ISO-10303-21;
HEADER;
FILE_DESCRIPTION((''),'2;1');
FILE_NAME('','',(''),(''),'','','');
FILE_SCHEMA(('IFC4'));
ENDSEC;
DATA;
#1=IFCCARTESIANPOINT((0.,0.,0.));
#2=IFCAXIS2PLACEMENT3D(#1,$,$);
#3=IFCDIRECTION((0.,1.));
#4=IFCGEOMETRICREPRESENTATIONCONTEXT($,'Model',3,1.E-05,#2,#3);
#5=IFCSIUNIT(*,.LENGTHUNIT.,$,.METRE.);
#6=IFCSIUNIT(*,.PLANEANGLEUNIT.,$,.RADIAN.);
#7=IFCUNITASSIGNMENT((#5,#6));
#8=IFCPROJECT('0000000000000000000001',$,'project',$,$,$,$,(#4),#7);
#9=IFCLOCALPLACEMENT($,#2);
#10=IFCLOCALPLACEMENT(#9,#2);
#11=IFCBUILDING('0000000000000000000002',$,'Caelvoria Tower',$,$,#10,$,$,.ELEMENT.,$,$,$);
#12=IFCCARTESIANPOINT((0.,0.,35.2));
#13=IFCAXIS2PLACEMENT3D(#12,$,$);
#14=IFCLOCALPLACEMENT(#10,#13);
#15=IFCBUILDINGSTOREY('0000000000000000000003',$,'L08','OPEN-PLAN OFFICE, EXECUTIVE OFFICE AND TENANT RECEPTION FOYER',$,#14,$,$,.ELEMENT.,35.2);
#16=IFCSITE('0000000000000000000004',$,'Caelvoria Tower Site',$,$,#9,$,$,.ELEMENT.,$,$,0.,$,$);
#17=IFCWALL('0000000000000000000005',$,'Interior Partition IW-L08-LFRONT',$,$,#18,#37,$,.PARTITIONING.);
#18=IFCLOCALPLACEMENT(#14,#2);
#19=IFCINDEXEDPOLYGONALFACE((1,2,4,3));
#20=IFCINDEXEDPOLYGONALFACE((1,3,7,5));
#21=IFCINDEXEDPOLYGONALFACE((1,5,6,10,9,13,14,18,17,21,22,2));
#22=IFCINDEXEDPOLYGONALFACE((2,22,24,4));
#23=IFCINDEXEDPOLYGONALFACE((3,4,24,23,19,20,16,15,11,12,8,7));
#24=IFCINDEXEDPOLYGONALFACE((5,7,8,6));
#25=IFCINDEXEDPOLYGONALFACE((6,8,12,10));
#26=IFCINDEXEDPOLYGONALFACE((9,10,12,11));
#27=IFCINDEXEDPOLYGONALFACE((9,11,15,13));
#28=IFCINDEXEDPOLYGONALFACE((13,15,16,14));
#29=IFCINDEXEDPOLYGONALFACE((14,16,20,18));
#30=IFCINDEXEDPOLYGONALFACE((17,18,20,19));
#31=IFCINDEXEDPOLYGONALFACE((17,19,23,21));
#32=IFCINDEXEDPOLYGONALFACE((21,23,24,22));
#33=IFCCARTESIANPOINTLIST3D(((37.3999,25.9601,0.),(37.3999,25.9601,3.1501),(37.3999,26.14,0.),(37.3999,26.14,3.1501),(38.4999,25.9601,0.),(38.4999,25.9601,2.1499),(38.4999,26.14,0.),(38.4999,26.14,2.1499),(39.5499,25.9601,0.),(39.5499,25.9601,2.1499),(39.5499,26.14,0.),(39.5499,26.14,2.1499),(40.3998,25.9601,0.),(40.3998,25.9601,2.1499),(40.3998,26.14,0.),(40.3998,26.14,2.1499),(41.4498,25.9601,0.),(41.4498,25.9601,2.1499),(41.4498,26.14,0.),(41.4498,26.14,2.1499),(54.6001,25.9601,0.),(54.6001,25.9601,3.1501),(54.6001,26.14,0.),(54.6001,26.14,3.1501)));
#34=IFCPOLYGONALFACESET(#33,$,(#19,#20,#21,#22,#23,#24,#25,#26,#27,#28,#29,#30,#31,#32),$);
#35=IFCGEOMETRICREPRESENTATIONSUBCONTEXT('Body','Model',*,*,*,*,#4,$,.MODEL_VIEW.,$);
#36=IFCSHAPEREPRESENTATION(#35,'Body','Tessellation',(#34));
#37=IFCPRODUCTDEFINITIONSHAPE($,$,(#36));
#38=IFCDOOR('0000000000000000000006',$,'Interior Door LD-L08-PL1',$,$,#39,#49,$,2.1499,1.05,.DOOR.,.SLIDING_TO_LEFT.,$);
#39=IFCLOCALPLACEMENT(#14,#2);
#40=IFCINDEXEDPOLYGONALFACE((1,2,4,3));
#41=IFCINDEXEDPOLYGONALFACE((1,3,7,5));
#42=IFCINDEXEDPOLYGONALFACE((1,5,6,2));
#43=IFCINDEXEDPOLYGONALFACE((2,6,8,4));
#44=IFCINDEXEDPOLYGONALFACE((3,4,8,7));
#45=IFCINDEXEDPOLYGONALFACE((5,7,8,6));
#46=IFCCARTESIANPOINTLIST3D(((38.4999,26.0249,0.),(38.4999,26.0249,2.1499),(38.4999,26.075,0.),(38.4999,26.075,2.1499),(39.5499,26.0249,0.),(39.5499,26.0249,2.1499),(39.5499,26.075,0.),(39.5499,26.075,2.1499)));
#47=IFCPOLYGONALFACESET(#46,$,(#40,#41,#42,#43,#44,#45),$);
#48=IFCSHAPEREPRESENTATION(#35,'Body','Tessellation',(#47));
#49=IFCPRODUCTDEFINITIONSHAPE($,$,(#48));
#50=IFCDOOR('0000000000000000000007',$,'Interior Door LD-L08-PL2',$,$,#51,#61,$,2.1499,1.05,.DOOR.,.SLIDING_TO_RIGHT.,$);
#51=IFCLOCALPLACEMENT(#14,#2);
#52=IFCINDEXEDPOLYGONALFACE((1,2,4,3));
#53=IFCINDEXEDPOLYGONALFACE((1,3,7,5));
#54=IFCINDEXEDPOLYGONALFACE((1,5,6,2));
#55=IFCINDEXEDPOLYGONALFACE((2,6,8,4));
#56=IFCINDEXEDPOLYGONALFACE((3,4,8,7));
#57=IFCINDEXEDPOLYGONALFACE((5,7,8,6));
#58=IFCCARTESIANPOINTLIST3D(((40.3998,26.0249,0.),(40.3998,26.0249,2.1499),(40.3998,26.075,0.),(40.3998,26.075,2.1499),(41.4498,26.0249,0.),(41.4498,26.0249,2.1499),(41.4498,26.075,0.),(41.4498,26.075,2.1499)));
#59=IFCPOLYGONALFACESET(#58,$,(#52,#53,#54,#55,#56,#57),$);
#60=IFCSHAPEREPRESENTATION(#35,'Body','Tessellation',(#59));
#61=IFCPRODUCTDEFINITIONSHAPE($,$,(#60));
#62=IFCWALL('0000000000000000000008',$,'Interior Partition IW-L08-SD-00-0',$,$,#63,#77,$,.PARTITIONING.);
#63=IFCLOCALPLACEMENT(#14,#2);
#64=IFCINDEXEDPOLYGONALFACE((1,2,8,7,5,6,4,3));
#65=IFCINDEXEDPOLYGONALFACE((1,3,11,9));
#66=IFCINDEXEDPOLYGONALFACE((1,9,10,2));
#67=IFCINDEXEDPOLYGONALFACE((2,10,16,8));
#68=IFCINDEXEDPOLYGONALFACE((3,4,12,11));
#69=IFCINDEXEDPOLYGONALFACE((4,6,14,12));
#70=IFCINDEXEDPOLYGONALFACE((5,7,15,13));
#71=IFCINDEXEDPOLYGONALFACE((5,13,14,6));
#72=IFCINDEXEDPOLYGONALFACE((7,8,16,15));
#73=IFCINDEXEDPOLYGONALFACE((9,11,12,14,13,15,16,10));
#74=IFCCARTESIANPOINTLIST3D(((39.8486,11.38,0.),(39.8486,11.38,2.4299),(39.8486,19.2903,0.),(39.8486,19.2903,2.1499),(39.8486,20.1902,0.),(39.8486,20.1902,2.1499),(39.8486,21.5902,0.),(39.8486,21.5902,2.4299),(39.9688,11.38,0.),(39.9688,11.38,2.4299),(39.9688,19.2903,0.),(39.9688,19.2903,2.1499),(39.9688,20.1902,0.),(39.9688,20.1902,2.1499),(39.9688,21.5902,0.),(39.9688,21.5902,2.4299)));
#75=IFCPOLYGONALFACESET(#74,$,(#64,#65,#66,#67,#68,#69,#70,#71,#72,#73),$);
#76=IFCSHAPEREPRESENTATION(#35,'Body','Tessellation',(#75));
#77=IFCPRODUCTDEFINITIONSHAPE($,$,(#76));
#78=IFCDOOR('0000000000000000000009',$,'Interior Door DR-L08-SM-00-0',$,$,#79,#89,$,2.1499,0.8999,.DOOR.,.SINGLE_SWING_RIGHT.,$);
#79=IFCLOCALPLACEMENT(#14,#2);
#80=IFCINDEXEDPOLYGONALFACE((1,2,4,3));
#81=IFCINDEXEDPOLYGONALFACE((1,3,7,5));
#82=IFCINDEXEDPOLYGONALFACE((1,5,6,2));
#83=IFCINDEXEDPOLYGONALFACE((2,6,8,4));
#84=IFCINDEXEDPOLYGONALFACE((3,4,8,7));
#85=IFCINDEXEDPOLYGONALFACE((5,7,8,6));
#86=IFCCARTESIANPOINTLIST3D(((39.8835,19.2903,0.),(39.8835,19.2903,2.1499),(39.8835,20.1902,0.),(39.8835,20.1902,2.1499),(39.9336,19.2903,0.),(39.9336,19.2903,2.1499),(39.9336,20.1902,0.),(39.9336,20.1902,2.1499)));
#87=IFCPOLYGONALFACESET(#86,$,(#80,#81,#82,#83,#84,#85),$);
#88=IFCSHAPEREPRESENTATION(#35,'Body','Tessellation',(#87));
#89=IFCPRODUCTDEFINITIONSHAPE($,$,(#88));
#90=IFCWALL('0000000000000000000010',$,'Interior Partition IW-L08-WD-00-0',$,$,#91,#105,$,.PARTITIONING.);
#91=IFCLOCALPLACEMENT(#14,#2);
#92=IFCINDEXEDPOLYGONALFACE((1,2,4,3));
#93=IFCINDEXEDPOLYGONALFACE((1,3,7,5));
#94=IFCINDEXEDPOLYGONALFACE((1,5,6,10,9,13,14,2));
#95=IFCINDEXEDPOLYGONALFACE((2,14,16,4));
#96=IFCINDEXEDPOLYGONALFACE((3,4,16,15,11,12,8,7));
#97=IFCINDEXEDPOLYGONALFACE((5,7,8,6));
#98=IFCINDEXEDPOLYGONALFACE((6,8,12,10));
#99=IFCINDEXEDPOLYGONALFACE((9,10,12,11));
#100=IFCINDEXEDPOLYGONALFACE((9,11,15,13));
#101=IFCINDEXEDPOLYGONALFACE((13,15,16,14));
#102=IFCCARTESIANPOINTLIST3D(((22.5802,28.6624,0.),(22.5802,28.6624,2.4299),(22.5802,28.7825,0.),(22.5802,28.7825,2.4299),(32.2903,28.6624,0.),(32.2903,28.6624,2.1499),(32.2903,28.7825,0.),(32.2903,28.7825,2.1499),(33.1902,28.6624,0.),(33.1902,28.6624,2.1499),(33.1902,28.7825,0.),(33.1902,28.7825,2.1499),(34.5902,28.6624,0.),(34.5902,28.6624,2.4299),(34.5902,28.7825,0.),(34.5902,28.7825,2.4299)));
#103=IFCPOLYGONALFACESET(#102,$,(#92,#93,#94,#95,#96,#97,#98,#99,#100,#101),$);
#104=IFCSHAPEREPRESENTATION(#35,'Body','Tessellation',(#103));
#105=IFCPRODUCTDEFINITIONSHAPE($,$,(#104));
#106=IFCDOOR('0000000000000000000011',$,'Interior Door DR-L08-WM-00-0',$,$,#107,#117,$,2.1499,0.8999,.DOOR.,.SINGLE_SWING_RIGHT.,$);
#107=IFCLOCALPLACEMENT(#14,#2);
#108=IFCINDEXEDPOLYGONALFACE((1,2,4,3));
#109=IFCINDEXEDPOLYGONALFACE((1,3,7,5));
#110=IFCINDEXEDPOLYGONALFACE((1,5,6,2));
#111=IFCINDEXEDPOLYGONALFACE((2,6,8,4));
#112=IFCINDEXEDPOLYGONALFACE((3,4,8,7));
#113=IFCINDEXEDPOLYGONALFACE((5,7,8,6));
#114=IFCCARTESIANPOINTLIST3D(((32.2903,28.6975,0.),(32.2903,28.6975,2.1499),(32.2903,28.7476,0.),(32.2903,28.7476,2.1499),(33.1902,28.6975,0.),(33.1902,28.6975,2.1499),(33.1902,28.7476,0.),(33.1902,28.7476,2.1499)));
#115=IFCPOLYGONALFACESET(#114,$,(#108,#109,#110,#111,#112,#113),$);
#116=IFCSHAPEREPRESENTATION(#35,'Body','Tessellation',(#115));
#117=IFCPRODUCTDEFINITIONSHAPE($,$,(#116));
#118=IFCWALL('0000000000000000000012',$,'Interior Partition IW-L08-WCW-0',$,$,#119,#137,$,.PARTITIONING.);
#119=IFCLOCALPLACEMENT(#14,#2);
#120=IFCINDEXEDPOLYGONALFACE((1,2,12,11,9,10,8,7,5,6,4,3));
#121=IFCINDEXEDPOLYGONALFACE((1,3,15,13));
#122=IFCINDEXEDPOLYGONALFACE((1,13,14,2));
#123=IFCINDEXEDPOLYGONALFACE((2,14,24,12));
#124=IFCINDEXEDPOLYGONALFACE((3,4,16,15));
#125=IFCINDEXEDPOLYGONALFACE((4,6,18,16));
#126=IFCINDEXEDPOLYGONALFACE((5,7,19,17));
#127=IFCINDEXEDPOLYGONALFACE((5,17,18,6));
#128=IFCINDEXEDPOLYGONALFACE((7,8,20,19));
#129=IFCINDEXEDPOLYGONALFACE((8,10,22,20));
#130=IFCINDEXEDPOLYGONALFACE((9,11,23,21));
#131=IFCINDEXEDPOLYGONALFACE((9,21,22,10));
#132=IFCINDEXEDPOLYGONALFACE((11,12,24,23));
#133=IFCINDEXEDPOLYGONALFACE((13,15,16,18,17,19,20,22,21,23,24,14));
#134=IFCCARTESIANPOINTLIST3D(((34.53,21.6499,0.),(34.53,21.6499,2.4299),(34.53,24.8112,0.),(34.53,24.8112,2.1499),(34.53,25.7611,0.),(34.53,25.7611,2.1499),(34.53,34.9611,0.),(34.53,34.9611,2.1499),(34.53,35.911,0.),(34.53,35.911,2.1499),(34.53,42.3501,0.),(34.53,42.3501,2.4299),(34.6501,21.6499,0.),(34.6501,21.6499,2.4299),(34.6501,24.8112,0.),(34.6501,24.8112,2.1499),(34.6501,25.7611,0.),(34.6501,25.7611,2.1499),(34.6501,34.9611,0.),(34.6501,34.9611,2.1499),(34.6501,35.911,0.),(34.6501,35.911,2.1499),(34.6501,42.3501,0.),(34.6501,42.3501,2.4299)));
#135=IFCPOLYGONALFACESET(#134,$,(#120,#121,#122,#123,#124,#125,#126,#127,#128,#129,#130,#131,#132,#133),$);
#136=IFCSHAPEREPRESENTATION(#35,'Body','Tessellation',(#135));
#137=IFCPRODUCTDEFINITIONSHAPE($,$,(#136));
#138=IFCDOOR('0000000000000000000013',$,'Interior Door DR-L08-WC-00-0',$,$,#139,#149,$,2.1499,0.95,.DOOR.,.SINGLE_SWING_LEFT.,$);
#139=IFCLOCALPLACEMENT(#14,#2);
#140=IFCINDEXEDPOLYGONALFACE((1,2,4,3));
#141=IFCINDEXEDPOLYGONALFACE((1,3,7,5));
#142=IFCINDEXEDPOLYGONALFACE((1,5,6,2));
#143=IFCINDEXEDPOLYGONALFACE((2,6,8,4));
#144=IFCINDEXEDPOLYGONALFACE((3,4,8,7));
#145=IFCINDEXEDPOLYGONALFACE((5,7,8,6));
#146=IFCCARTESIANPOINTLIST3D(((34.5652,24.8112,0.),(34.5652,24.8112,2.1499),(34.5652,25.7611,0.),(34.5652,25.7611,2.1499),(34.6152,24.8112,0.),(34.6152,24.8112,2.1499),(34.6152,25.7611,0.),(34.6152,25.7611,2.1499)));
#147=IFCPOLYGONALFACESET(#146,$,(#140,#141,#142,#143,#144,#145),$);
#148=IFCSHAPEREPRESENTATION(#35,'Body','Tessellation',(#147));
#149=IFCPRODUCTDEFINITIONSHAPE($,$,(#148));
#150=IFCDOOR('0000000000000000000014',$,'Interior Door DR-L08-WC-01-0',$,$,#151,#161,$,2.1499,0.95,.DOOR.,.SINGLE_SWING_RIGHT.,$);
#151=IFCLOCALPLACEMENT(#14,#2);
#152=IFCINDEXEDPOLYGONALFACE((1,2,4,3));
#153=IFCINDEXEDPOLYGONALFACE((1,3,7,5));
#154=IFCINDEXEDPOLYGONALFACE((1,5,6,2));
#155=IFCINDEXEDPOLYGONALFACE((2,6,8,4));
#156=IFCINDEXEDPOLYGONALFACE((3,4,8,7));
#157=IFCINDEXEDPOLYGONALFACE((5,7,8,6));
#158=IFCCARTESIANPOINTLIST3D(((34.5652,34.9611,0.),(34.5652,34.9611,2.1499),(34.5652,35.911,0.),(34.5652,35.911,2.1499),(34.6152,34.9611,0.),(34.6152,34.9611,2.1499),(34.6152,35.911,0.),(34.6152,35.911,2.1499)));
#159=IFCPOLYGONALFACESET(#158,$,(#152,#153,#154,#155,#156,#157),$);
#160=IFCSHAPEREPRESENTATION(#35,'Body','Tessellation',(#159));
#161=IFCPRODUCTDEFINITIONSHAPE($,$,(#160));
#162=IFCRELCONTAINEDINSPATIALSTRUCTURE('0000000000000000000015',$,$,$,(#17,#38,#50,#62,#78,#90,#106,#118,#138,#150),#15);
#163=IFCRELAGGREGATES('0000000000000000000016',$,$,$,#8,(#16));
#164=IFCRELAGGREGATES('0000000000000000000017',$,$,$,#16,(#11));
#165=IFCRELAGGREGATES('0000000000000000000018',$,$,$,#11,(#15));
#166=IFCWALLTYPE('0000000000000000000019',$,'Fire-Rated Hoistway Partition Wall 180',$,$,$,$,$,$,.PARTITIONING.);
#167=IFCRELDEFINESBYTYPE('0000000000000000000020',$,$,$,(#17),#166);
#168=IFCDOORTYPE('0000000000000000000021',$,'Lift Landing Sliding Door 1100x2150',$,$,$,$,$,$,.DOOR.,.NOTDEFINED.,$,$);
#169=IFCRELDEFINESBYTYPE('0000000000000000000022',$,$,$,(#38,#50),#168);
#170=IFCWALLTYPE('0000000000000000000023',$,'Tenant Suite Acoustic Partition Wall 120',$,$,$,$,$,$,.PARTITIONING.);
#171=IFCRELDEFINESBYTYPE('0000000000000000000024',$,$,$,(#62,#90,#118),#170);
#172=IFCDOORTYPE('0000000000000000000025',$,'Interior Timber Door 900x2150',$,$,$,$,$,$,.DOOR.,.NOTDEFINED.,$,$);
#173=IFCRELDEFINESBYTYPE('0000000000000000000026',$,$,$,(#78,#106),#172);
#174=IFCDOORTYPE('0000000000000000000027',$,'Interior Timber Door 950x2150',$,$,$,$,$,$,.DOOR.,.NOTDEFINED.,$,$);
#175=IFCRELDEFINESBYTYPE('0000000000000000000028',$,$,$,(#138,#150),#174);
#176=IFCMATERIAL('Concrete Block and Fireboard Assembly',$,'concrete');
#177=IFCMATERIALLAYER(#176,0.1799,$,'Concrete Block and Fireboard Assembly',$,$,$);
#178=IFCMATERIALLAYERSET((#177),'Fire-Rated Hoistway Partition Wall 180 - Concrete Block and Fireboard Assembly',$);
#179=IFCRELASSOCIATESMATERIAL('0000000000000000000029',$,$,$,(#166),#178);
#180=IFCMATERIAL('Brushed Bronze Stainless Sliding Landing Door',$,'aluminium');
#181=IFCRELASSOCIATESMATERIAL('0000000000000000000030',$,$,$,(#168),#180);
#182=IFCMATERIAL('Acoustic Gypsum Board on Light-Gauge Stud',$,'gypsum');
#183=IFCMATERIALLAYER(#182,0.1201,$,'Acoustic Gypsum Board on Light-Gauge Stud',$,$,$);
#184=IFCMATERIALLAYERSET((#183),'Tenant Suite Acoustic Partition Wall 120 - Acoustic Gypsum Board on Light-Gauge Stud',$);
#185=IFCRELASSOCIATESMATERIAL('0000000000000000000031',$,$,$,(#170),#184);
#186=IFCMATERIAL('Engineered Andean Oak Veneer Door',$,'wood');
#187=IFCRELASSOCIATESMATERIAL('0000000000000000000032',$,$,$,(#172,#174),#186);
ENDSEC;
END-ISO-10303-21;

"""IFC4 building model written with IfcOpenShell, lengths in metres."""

from ifc_helpers import new_model, si_unit, direction, frame, frame_2d, origin, place, context, subcontext, project, spatial, rectangle, extrude, material, layer, layer_set, type_object, element, fill, save


model = new_model("IFC4")

# Units and contexts
model_context = context("Model", 3, precision=1e-05, world=origin(), true_north=direction((0.0, 1.0)))
body_context = subcontext(model_context, "Body", "Model", "MODEL_VIEW")
ifc_project = project(units=[si_unit("LENGTHUNIT", "METRE"), si_unit("PLANEANGLEUNIT", "RADIAN")], contexts=[model_context])

# Site, building, storey
site_placement = place(None, origin())
site = spatial("IfcSite", under=ifc_project, at=site_placement, Name="Caelvoria Tower Site", CompositionType="ELEMENT", RefElevation=0.0)
building_placement = place(site_placement, origin())
building = spatial("IfcBuilding", under=site, at=building_placement, Name="Caelvoria Tower", CompositionType="ELEMENT")
storey_placement = place(building_placement, frame((0.0, 0.0, 35.2)))
storey = spatial("IfcBuildingStorey", under=building, at=storey_placement, Name="L08", Description="OPEN-PLAN OFFICE, EXECUTIVE OFFICE AND TENANT RECEPTION FOYER", CompositionType="ELEMENT", Elevation=35.2)

# Wall, openings, doors
ifc_material_1 = material(Name="Concrete Block and Fireboard Assembly", Category="concrete")
ifc_layer_1 = layer(ifc_material_1, 0.1799, Name="Concrete Block and Fireboard Assembly")
ifc_layer_set_1 = layer_set([ifc_layer_1], Name="Fire-Rated Hoistway Partition Wall 180 - Concrete Block and Fireboard Assembly")
wall_type_1 = type_object("IfcWallType", Name="Fire-Rated Hoistway Partition Wall 180", PredefinedType="PARTITIONING", material=ifc_layer_set_1)
wall_1_placement = place(storey_placement, frame((37.3999, 26.05, 0.0), z_axis=(0.0, 0.0, 1.0), x_axis=(1.0, 0.0, 0.0)))
wall_1 = element("IfcWall", 1, at=wall_1_placement, inside=storey, type_object=wall_type_1, Name="Interior Partition IW-L08-LFRONT", PredefinedType="PARTITIONING", context=body_context, shape_type="SweptSolid", body=[
    extrude(rectangle(XDim=17.2002, YDim=0.1799, at=frame_2d((8.6001, 0.0))), origin(), (0.0, 0.0, 1.0), 3.1501),
])
opening_1_placement = place(wall_1_placement, frame((1.1001, 0.0, 0.0)))
opening_1 = element("IfcOpeningElement", 2, at=opening_1_placement, cuts=wall_1, PredefinedType="OPENING", context=body_context, shape_type="SweptSolid", body=[
    extrude(rectangle(XDim=1.05, YDim=2.1499, at=frame_2d((0.5249, 1.075))), frame((0.0, 0.0999, 0.0), z_axis=(0.0, -1.0, 0.0), x_axis=(1.0, 0.0, 0.0)), (0.0, 0.0, 1.0), 0.2),
])
opening_2_placement = place(wall_1_placement, frame((3.0, 0.0, 0.0)))
opening_2 = element("IfcOpeningElement", 3, at=opening_2_placement, cuts=wall_1, PredefinedType="OPENING", context=body_context, shape_type="SweptSolid", body=[
    extrude(rectangle(XDim=1.05, YDim=2.1499, at=frame_2d((0.5249, 1.075))), frame((0.0, 0.0999, 0.0), z_axis=(0.0, -1.0, 0.0), x_axis=(1.0, 0.0, 0.0)), (0.0, 0.0, 1.0), 0.2),
])
ifc_material_2 = material(Name="Brushed Bronze Stainless Sliding Landing Door", Category="aluminium")
door_type_1 = type_object("IfcDoorType", Name="Lift Landing Sliding Door 1100x2150", OperationType="NOTDEFINED", PredefinedType="DOOR", material=ifc_material_2)
door_1_placement = place(opening_1_placement, origin())
door_1 = element("IfcDoor", 4, at=door_1_placement, inside=storey, type_object=door_type_1, Name="Interior Door LD-L08-PL1", OperationType="SLIDING_TO_LEFT", OverallHeight=2.1499, OverallWidth=1.05, PredefinedType="DOOR", context=body_context, shape_type="SweptSolid", body=[
    extrude(rectangle(XDim=1.05, YDim=2.1499, at=frame_2d((0.5249, 1.075))), frame((0.0, 0.0249, 0.0), z_axis=(0.0, -1.0, 0.0), x_axis=(1.0, 0.0, 0.0)), (0.0, 0.0, 1.0), 0.05),
])
fill(opening_1, door_1)
door_2_placement = place(opening_2_placement, origin())
door_2 = element("IfcDoor", 5, at=door_2_placement, inside=storey, type_object=door_type_1, Name="Interior Door LD-L08-PL2", OperationType="SLIDING_TO_RIGHT", OverallHeight=2.1499, OverallWidth=1.05, PredefinedType="DOOR", context=body_context, shape_type="SweptSolid", body=[
    extrude(rectangle(XDim=1.05, YDim=2.1499, at=frame_2d((0.5249, 1.075))), frame((0.0, 0.0249, 0.0), z_axis=(0.0, -1.0, 0.0), x_axis=(1.0, 0.0, 0.0)), (0.0, 0.0, 1.0), 0.05),
])
fill(opening_2, door_2)

# Walls, openings, doors
ifc_material_3 = material(Name="Acoustic Gypsum Board on Light-Gauge Stud", Category="gypsum")
ifc_layer_2 = layer(ifc_material_3, 0.1201, Name="Acoustic Gypsum Board on Light-Gauge Stud")
ifc_layer_set_2 = layer_set([ifc_layer_2], Name="Tenant Suite Acoustic Partition Wall 120 - Acoustic Gypsum Board on Light-Gauge Stud")
wall_type_2 = type_object("IfcWallType", Name="Tenant Suite Acoustic Partition Wall 120", PredefinedType="PARTITIONING", material=ifc_layer_set_2)
wall_2_placement = place(storey_placement, frame((39.9087, 21.5901, 0.0), z_axis=(0.0, 0.0, 1.0), x_axis=(0.0, -1.0, 0.0)))
wall_2 = element("IfcWall", 6, at=wall_2_placement, inside=storey, type_object=wall_type_2, Name="Interior Partition IW-L08-SD-00-0", PredefinedType="PARTITIONING", context=body_context, shape_type="SweptSolid", body=[
    extrude(rectangle(XDim=10.2102, YDim=0.1201, at=frame_2d((5.105, 0.0))), origin(), (0.0, 0.0, 1.0), 2.4299),
])
opening_3_placement = place(wall_2_placement, frame((1.3999, 0.0, 0.0)))
opening_3 = element("IfcOpeningElement", 7, at=opening_3_placement, cuts=wall_2, PredefinedType="OPENING", context=body_context, shape_type="SweptSolid", body=[
    extrude(rectangle(XDim=0.8999, YDim=2.1499, at=frame_2d((0.45, 1.075))), frame((0.0, 0.0701, 0.0), z_axis=(0.0, -1.0, 0.0), x_axis=(1.0, 0.0, 0.0)), (0.0, 0.0, 1.0), 0.1401),
])
ifc_material_4 = material(Name="Engineered Andean Oak Veneer Door", Category="wood")
door_type_2 = type_object("IfcDoorType", Name="Interior Timber Door 900x2150", OperationType="NOTDEFINED", PredefinedType="DOOR", material=ifc_material_4)
door_3_placement = place(opening_3_placement, origin())
door_3 = element("IfcDoor", 8, at=door_3_placement, inside=storey, type_object=door_type_2, Name="Interior Door DR-L08-SM-00-0", OperationType="SINGLE_SWING_RIGHT", OverallHeight=2.1499, OverallWidth=0.8999, PredefinedType="DOOR", context=body_context, shape_type="SweptSolid", body=[
    extrude(rectangle(XDim=0.8999, YDim=2.1499, at=frame_2d((0.45, 1.075))), frame((0.0, 0.0249, 0.0), z_axis=(0.0, -1.0, 0.0), x_axis=(1.0, 0.0, 0.0)), (0.0, 0.0, 1.0), 0.05),
])
fill(opening_3, door_3)
wall_3_placement = place(storey_placement, frame((34.5901, 28.7224, 0.0), z_axis=(0.0, 0.0, 1.0), x_axis=(-1.0, 0.0, 0.0)))
wall_3 = element("IfcWall", 9, at=wall_3_placement, inside=storey, type_object=wall_type_2, Name="Interior Partition IW-L08-WD-00-0", PredefinedType="PARTITIONING", context=body_context, shape_type="SweptSolid", body=[
    extrude(rectangle(XDim=12.01, YDim=0.1201, at=frame_2d((6.0049, 0.0))), origin(), (0.0, 0.0, 1.0), 2.4299),
])
opening_4_placement = place(wall_3_placement, frame((1.3999, 0.0, 0.0)))
opening_4 = element("IfcOpeningElement", 10, at=opening_4_placement, cuts=wall_3, PredefinedType="OPENING", context=body_context, shape_type="SweptSolid", body=[
    extrude(rectangle(XDim=0.8999, YDim=2.1499, at=frame_2d((0.45, 1.075))), frame((0.0, 0.0701, 0.0), z_axis=(0.0, -1.0, 0.0), x_axis=(1.0, 0.0, 0.0)), (0.0, 0.0, 1.0), 0.1401),
])
door_4_placement = place(opening_4_placement, origin())
door_4 = element("IfcDoor", 11, at=door_4_placement, inside=storey, type_object=door_type_2, Name="Interior Door DR-L08-WM-00-0", OperationType="SINGLE_SWING_RIGHT", OverallHeight=2.1499, OverallWidth=0.8999, PredefinedType="DOOR", context=body_context, shape_type="SweptSolid", body=[
    extrude(rectangle(XDim=0.8999, YDim=2.1499, at=frame_2d((0.45, 1.075))), frame((0.0, 0.0249, 0.0), z_axis=(0.0, -1.0, 0.0), x_axis=(1.0, 0.0, 0.0)), (0.0, 0.0, 1.0), 0.05),
])
fill(opening_4, door_4)

# Wall, openings, doors
wall_4_placement = place(storey_placement, frame((34.5901, 21.6499, 0.0), z_axis=(0.0, 0.0, 1.0), x_axis=(0.0, 1.0, 0.0)))
wall_4 = element("IfcWall", 12, at=wall_4_placement, inside=storey, type_object=wall_type_2, Name="Interior Partition IW-L08-WCW-0", PredefinedType="PARTITIONING", context=body_context, shape_type="SweptSolid", body=[
    extrude(rectangle(XDim=20.7002, YDim=0.1201, at=frame_2d((10.3501, 0.0))), origin(), (0.0, 0.0, 1.0), 2.4299),
])
opening_5_placement = place(wall_4_placement, frame((3.1611, 0.0, 0.0)))
opening_5 = element("IfcOpeningElement", 13, at=opening_5_placement, cuts=wall_4, PredefinedType="OPENING", context=body_context, shape_type="SweptSolid", body=[
    extrude(rectangle(XDim=0.95, YDim=2.1499, at=frame_2d((0.4751, 1.075))), frame((0.0, 0.0701, 0.0), z_axis=(0.0, -1.0, 0.0), x_axis=(1.0, 0.0, 0.0)), (0.0, 0.0, 1.0), 0.1401),
])
opening_6_placement = place(wall_4_placement, frame((13.311, 0.0, 0.0)))
opening_6 = element("IfcOpeningElement", 14, at=opening_6_placement, cuts=wall_4, PredefinedType="OPENING", context=body_context, shape_type="SweptSolid", body=[
    extrude(rectangle(XDim=0.95, YDim=2.1499, at=frame_2d((0.4751, 1.075))), frame((0.0, 0.0701, 0.0), z_axis=(0.0, -1.0, 0.0), x_axis=(1.0, 0.0, 0.0)), (0.0, 0.0, 1.0), 0.1401),
])
door_type_3 = type_object("IfcDoorType", Name="Interior Timber Door 950x2150", OperationType="NOTDEFINED", PredefinedType="DOOR", material=ifc_material_4)
door_5_placement = place(opening_5_placement, origin())
door_5 = element("IfcDoor", 15, at=door_5_placement, inside=storey, type_object=door_type_3, Name="Interior Door DR-L08-WC-00-0", OperationType="SINGLE_SWING_LEFT", OverallHeight=2.1499, OverallWidth=0.95, PredefinedType="DOOR", context=body_context, shape_type="SweptSolid", body=[
    extrude(rectangle(XDim=0.95, YDim=2.1499, at=frame_2d((0.4751, 1.075))), frame((0.0, 0.0249, 0.0), z_axis=(0.0, -1.0, 0.0), x_axis=(1.0, 0.0, 0.0)), (0.0, 0.0, 1.0), 0.05),
])
fill(opening_5, door_5)
door_6_placement = place(opening_6_placement, origin())
door_6 = element("IfcDoor", 16, at=door_6_placement, inside=storey, type_object=door_type_3, Name="Interior Door DR-L08-WC-01-0", OperationType="SINGLE_SWING_RIGHT", OverallHeight=2.1499, OverallWidth=0.95, PredefinedType="DOOR", context=body_context, shape_type="SweptSolid", body=[
    extrude(rectangle(XDim=0.95, YDim=2.1499, at=frame_2d((0.4751, 1.075))), frame((0.0, 0.0249, 0.0), z_axis=(0.0, -1.0, 0.0), x_axis=(1.0, 0.0, 0.0)), (0.0, 0.0, 1.0), 0.05),
])
fill(opening_6, door_6)

save(model, "model.ifc")
